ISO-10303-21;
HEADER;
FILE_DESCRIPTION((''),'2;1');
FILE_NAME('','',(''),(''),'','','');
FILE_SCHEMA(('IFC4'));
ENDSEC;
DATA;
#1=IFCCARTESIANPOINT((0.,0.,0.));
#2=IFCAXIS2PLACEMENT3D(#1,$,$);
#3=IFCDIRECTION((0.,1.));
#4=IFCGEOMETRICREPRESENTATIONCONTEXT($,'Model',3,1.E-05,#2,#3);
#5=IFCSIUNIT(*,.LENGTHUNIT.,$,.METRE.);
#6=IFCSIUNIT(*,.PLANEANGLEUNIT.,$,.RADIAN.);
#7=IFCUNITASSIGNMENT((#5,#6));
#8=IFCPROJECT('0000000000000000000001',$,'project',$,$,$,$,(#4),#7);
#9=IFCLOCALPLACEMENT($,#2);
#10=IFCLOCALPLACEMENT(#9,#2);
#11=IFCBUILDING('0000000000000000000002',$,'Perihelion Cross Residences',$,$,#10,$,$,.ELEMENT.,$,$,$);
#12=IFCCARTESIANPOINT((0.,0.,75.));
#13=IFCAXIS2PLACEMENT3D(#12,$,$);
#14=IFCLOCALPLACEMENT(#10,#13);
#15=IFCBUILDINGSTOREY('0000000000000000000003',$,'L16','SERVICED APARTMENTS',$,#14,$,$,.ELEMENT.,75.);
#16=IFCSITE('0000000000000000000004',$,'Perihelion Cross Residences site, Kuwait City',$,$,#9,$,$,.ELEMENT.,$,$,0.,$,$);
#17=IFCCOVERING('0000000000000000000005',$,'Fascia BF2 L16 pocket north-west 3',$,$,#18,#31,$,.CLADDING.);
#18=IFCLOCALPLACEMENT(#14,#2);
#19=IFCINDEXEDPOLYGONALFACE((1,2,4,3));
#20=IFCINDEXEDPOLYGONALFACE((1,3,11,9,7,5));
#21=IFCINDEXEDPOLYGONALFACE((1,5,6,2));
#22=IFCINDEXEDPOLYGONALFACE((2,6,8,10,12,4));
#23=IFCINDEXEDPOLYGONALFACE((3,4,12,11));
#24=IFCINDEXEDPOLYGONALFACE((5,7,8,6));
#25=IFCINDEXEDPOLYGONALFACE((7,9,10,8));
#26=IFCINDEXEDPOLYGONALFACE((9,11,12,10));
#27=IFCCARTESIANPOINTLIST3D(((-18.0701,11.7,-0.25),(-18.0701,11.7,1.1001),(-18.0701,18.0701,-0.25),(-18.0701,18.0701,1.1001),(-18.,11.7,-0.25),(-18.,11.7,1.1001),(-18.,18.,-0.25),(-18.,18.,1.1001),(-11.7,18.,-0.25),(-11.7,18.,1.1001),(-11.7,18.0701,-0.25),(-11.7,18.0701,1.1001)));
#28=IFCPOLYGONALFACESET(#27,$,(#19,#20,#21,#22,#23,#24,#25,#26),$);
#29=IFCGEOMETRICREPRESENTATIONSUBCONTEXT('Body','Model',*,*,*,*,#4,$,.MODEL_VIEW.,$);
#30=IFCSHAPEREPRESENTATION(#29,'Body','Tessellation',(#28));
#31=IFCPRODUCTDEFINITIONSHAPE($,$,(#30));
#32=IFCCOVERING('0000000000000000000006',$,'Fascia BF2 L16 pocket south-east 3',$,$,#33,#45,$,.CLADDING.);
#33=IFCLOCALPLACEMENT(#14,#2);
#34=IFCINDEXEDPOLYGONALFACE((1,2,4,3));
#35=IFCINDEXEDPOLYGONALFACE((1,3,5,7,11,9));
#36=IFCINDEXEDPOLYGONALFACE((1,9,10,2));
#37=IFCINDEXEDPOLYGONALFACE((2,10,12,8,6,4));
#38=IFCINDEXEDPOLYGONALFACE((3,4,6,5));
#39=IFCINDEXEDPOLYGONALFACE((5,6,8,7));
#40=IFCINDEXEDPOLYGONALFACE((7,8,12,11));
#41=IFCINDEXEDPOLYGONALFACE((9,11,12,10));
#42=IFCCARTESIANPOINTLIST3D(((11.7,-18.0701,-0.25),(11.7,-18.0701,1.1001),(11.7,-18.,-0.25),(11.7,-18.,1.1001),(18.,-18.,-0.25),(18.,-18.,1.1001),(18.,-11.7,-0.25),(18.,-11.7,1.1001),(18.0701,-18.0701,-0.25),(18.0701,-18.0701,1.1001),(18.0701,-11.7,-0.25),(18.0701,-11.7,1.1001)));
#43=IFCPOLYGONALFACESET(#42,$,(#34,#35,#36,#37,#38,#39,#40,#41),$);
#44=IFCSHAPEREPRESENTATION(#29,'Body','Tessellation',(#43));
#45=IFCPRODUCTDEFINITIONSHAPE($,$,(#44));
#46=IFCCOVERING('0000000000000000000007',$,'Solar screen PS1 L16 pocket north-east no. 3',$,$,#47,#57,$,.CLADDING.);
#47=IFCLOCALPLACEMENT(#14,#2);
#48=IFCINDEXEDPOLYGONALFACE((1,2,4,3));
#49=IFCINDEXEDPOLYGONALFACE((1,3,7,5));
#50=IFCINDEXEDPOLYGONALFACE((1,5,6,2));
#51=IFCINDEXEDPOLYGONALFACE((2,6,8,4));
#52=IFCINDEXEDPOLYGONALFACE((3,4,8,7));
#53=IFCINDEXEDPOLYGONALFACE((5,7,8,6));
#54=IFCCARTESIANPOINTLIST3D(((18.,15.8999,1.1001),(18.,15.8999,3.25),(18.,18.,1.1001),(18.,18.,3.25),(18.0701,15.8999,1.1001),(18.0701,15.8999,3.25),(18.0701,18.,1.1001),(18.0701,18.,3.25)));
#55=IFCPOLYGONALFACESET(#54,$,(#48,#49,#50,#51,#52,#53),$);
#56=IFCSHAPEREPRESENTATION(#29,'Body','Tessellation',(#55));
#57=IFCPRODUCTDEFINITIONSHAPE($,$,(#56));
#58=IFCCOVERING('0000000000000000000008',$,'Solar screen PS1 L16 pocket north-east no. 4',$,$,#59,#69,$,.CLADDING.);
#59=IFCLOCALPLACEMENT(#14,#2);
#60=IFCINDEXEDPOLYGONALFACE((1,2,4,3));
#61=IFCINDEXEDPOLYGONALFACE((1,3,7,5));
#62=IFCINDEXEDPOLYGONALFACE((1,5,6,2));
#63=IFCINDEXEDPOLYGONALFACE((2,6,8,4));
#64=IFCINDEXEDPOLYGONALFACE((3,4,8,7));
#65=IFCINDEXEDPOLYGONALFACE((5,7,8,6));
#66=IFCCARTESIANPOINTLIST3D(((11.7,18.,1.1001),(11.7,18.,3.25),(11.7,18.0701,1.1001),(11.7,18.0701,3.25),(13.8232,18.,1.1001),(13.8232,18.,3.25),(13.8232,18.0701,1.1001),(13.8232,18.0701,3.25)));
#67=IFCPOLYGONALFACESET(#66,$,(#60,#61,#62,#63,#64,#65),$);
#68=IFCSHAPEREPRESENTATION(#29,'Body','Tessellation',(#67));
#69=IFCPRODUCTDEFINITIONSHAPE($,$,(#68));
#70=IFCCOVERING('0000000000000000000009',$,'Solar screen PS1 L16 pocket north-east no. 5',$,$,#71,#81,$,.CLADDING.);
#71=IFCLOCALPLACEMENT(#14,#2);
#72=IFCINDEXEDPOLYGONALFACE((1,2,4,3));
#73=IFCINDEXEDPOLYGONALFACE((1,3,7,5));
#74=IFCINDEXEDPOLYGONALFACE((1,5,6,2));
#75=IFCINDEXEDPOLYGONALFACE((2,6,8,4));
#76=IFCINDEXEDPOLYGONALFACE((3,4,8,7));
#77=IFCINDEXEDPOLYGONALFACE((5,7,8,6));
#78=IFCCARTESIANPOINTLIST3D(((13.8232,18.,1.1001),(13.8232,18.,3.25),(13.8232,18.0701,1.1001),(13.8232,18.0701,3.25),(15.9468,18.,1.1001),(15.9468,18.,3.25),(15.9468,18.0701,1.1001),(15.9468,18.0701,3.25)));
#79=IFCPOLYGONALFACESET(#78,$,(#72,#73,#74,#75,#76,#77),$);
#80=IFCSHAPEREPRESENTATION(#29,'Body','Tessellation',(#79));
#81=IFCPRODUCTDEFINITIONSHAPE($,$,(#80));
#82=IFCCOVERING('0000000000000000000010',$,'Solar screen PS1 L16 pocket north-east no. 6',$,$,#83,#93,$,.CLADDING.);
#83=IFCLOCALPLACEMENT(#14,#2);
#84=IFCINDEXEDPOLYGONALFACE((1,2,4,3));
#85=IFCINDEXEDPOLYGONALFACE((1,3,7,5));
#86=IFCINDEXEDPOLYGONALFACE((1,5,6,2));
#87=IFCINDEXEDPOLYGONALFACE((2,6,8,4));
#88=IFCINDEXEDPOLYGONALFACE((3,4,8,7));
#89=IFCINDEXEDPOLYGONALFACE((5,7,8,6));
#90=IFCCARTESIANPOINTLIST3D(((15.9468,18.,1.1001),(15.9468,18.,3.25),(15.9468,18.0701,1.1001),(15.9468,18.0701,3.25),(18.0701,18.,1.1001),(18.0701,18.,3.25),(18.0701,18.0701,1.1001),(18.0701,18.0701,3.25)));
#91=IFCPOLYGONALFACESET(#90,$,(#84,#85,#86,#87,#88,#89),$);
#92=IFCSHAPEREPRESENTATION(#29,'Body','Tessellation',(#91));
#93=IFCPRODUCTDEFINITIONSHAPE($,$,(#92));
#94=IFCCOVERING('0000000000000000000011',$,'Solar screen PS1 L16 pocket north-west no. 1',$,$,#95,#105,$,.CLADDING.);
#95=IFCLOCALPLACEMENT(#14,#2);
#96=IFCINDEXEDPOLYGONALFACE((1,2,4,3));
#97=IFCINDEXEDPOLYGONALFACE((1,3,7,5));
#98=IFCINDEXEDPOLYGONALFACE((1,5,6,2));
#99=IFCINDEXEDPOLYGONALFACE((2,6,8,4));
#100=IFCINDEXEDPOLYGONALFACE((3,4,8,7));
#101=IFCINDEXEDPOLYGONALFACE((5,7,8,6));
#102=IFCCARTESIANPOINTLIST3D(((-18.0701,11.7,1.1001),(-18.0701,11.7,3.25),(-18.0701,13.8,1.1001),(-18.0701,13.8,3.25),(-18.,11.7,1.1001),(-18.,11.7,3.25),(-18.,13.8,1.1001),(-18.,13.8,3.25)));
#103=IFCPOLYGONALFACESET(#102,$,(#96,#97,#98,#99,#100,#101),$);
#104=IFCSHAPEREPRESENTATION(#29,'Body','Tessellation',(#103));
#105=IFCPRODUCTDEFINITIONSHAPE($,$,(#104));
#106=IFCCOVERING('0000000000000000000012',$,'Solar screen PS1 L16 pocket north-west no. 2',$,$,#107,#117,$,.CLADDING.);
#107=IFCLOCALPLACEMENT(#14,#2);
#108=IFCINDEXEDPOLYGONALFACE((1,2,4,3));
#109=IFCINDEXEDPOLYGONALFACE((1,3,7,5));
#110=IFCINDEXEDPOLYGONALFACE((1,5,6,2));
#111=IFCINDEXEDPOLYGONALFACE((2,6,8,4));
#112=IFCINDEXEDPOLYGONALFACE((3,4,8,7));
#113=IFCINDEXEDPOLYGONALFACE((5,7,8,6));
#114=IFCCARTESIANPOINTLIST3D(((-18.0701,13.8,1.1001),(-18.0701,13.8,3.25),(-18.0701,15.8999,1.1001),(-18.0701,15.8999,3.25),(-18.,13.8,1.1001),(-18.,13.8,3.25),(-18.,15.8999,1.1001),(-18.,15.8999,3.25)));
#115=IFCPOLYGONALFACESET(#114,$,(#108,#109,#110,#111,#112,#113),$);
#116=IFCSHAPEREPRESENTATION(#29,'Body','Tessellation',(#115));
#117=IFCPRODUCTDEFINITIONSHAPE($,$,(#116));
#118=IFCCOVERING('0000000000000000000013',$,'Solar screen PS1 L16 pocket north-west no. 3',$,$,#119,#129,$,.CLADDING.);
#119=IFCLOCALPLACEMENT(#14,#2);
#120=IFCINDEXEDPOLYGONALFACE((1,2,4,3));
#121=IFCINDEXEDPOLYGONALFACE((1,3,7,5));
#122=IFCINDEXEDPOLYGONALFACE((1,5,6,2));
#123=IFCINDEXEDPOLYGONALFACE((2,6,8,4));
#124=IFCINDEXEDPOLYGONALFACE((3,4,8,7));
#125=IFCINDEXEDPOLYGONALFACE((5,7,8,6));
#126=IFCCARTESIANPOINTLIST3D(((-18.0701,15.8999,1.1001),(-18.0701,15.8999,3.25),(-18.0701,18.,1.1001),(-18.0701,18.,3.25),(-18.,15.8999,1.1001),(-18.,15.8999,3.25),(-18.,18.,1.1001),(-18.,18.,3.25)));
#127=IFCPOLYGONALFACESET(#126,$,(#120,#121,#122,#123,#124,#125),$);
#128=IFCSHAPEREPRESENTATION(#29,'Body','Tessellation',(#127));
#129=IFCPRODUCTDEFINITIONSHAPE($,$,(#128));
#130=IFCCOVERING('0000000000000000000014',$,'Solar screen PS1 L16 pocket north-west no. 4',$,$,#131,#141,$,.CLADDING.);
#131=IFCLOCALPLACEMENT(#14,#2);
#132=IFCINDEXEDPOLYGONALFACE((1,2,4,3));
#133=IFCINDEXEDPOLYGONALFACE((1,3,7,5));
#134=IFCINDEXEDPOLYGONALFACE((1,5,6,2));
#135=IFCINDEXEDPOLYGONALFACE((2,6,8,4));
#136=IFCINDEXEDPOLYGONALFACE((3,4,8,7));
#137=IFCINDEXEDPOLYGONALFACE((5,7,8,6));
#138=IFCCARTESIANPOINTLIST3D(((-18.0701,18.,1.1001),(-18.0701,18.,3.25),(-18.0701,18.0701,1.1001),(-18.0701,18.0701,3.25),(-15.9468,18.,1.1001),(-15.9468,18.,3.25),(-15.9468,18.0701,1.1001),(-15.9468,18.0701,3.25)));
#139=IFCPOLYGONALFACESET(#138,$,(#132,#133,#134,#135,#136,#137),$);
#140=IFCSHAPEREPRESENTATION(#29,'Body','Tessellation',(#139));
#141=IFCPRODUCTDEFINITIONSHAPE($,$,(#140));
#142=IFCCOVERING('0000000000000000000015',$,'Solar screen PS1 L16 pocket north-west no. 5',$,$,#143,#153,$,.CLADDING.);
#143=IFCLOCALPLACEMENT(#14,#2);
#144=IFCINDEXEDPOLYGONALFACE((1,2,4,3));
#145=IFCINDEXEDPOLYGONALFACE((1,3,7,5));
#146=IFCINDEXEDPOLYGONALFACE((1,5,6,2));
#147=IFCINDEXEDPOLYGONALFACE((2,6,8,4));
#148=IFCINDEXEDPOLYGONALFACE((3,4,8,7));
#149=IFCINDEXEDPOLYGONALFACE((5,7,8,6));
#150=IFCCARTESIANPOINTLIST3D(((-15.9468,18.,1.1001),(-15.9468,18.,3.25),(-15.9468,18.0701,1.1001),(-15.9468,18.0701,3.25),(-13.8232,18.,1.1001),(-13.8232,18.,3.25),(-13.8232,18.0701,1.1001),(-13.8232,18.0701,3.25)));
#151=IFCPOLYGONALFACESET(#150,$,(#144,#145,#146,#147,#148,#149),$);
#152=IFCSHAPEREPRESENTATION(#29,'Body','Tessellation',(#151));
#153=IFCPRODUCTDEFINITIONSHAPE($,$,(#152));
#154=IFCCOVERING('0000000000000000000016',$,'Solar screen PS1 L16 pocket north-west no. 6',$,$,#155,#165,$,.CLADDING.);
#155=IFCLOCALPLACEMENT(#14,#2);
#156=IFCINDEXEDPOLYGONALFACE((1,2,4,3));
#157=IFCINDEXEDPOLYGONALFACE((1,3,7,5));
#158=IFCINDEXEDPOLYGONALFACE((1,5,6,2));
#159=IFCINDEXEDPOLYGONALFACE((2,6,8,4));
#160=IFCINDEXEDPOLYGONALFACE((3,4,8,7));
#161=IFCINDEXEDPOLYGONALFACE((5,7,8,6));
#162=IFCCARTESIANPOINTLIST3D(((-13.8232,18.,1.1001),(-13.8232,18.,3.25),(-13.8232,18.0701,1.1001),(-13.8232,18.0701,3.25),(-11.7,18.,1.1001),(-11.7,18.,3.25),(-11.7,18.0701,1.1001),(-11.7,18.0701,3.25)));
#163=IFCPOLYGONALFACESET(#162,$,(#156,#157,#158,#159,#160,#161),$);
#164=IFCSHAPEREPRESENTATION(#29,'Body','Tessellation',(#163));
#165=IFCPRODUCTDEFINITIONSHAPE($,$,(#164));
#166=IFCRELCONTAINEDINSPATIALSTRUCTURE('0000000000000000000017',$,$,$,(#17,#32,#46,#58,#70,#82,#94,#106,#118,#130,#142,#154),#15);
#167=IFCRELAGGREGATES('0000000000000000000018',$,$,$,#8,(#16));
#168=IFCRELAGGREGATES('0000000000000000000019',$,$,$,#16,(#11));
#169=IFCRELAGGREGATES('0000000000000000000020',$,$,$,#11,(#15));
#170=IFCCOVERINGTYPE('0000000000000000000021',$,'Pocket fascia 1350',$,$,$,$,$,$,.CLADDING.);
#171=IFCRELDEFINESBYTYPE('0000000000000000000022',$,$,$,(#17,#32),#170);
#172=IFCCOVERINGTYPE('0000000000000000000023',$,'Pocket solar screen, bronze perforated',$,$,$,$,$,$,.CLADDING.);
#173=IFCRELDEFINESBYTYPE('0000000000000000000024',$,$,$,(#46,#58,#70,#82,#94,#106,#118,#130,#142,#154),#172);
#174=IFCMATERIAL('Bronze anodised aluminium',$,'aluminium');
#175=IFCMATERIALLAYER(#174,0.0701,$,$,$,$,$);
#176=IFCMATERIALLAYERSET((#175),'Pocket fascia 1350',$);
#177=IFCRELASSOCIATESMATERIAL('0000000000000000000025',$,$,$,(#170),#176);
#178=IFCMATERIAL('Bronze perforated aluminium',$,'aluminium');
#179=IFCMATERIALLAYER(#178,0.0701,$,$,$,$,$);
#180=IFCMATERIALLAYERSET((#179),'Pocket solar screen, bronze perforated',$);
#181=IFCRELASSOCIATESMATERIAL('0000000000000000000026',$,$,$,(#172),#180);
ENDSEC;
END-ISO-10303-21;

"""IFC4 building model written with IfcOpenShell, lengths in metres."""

from ifc_helpers import new_model, si_unit, direction, frame, origin, place, context, subcontext, project, spatial, polyline, outline, extrude, material, layer, layer_set, type_object, element, save


model = new_model("IFC4")

# Units and contexts
model_context = context("Model", 3, precision=1e-05, world=origin(), true_north=direction((0.0, 1.0)))
body_context = subcontext(model_context, "Body", "Model", "MODEL_VIEW")
ifc_project = project(units=[si_unit("LENGTHUNIT", "METRE"), si_unit("PLANEANGLEUNIT", "RADIAN")], contexts=[model_context])

# Site, building, storey
site_placement = place(None, origin())
site = spatial("IfcSite", under=ifc_project, at=site_placement, Name="Perihelion Cross Residences site, Kuwait City", CompositionType="ELEMENT", RefElevation=0.0)
building_placement = place(site_placement, origin())
building = spatial("IfcBuilding", under=site, at=building_placement, Name="Perihelion Cross Residences", CompositionType="ELEMENT")
storey_placement = place(building_placement, frame((0.0, 0.0, 75.0)))
storey = spatial("IfcBuildingStorey", under=building, at=storey_placement, Name="L16", Description="SERVICED APARTMENTS", CompositionType="ELEMENT", Elevation=75.0)

# Coverings
ifc_material_1 = material(Name="Bronze anodised aluminium", Category="aluminium")
ifc_layer_1 = layer(ifc_material_1, 0.0701)
ifc_layer_set_1 = layer_set([ifc_layer_1], Name="Pocket fascia 1350")
covering_type_1 = type_object("IfcCoveringType", Name="Pocket fascia 1350", PredefinedType="CLADDING", material=ifc_layer_set_1)
covering_1_placement = place(storey_placement, frame((0.0, 0.0, -0.25)))
element("IfcCovering", 1, at=covering_1_placement, inside=storey, type_object=covering_type_1, Name="Fascia BF2 L16 pocket north-west 3", PredefinedType="CLADDING", context=body_context, shape_type="SweptSolid", body=[
    extrude(outline(polyline([(-18.0701, 18.0701), (-18.0701, 11.7), (-18.0, 11.7), (-18.0, 18.0), (-11.7, 18.0), (-11.7, 18.0701), (-18.0701, 18.0701)])), origin(), (0.0, 0.0, 1.0), 1.3501),
])
covering_2_placement = place(storey_placement, frame((0.0, 0.0, -0.25)))
element("IfcCovering", 2, at=covering_2_placement, inside=storey, type_object=covering_type_1, Name="Fascia BF2 L16 pocket south-east 3", PredefinedType="CLADDING", context=body_context, shape_type="SweptSolid", body=[
    extrude(outline(polyline([(18.0701, -18.0701), (18.0701, -11.7), (18.0, -11.7), (18.0, -18.0), (11.7, -18.0), (11.7, -18.0701), (18.0701, -18.0701)])), origin(), (0.0, 0.0, 1.0), 1.3501),
])
ifc_material_2 = material(Name="Bronze perforated aluminium", Category="aluminium")
ifc_layer_2 = layer(ifc_material_2, 0.0701)
ifc_layer_set_2 = layer_set([ifc_layer_2], Name="Pocket solar screen, bronze perforated")
covering_type_2 = type_object("IfcCoveringType", Name="Pocket solar screen, bronze perforated", PredefinedType="CLADDING", material=ifc_layer_set_2)
covering_3_placement = place(storey_placement, frame((0.0, 0.0, 1.1001)))
element("IfcCovering", 3, at=covering_3_placement, inside=storey, type_object=covering_type_2, Name="Solar screen PS1 L16 pocket north-east no. 3", PredefinedType="CLADDING", context=body_context, shape_type="SweptSolid", body=[
    extrude(outline(polyline([(18.0701, 15.8999), (18.0701, 18.0), (18.0, 18.0), (18.0, 15.8999), (18.0701, 15.8999)])), origin(), (0.0, 0.0, 1.0), 2.1499),
])
covering_4_placement = place(storey_placement, frame((0.0, 0.0, 1.1001)))
element("IfcCovering", 4, at=covering_4_placement, inside=storey, type_object=covering_type_2, Name="Solar screen PS1 L16 pocket north-east no. 4", PredefinedType="CLADDING", context=body_context, shape_type="SweptSolid", body=[
    extrude(outline(polyline([(13.8232, 18.0), (13.8232, 18.0701), (11.7, 18.0701), (11.7, 18.0), (13.8232, 18.0)])), origin(), (0.0, 0.0, 1.0), 2.1499),
])
covering_5_placement = place(storey_placement, frame((0.0, 0.0, 1.1001)))
element("IfcCovering", 5, at=covering_5_placement, inside=storey, type_object=covering_type_2, Name="Solar screen PS1 L16 pocket north-east no. 5", PredefinedType="CLADDING", context=body_context, shape_type="SweptSolid", body=[
    extrude(outline(polyline([(15.9468, 18.0), (15.9468, 18.0701), (13.8232, 18.0701), (13.8232, 18.0), (15.9468, 18.0)])), origin(), (0.0, 0.0, 1.0), 2.1499),
])
covering_6_placement = place(storey_placement, frame((0.0, 0.0, 1.1001)))
element("IfcCovering", 6, at=covering_6_placement, inside=storey, type_object=covering_type_2, Name="Solar screen PS1 L16 pocket north-east no. 6", PredefinedType="CLADDING", context=body_context, shape_type="SweptSolid", body=[
    extrude(outline(polyline([(18.0701, 18.0), (18.0701, 18.0701), (15.9468, 18.0701), (15.9468, 18.0), (18.0701, 18.0)])), origin(), (0.0, 0.0, 1.0), 2.1499),
])
covering_7_placement = place(storey_placement, frame((0.0, 0.0, 1.1001)))
element("IfcCovering", 7, at=covering_7_placement, inside=storey, type_object=covering_type_2, Name="Solar screen PS1 L16 pocket north-west no. 1", PredefinedType="CLADDING", context=body_context, shape_type="SweptSolid", body=[
    extrude(outline(polyline([(-18.0, 11.7), (-18.0, 13.8), (-18.0701, 13.8), (-18.0701, 11.7), (-18.0, 11.7)])), origin(), (0.0, 0.0, 1.0), 2.1499),
])
covering_8_placement = place(storey_placement, frame((0.0, 0.0, 1.1001)))
element("IfcCovering", 8, at=covering_8_placement, inside=storey, type_object=covering_type_2, Name="Solar screen PS1 L16 pocket north-west no. 2", PredefinedType="CLADDING", context=body_context, shape_type="SweptSolid", body=[
    extrude(outline(polyline([(-18.0, 13.8), (-18.0, 15.8999), (-18.0701, 15.8999), (-18.0701, 13.8), (-18.0, 13.8)])), origin(), (0.0, 0.0, 1.0), 2.1499),
])
covering_9_placement = place(storey_placement, frame((0.0, 0.0, 1.1001)))
element("IfcCovering", 9, at=covering_9_placement, inside=storey, type_object=covering_type_2, Name="Solar screen PS1 L16 pocket north-west no. 3", PredefinedType="CLADDING", context=body_context, shape_type="SweptSolid", body=[
    extrude(outline(polyline([(-18.0, 15.8999), (-18.0, 18.0), (-18.0701, 18.0), (-18.0701, 15.8999), (-18.0, 15.8999)])), origin(), (0.0, 0.0, 1.0), 2.1499),
])
covering_10_placement = place(storey_placement, frame((0.0, 0.0, 1.1001)))
element("IfcCovering", 10, at=covering_10_placement, inside=storey, type_object=covering_type_2, Name="Solar screen PS1 L16 pocket north-west no. 4", PredefinedType="CLADDING", context=body_context, shape_type="SweptSolid", body=[
    extrude(outline(polyline([(-15.9468, 18.0), (-15.9468, 18.0701), (-18.0701, 18.0701), (-18.0701, 18.0), (-15.9468, 18.0)])), origin(), (0.0, 0.0, 1.0), 2.1499),
])
covering_11_placement = place(storey_placement, frame((0.0, 0.0, 1.1001)))
element("IfcCovering", 11, at=covering_11_placement, inside=storey, type_object=covering_type_2, Name="Solar screen PS1 L16 pocket north-west no. 5", PredefinedType="CLADDING", context=body_context, shape_type="SweptSolid", body=[
    extrude(outline(polyline([(-13.8232, 18.0), (-13.8232, 18.0701), (-15.9468, 18.0701), (-15.9468, 18.0), (-13.8232, 18.0)])), origin(), (0.0, 0.0, 1.0), 2.1499),
])
covering_12_placement = place(storey_placement, frame((0.0, 0.0, 1.1001)))
element("IfcCovering", 12, at=covering_12_placement, inside=storey, type_object=covering_type_2, Name="Solar screen PS1 L16 pocket north-west no. 6", PredefinedType="CLADDING", context=body_context, shape_type="SweptSolid", body=[
    extrude(outline(polyline([(-11.7, 18.0), (-11.7, 18.0701), (-13.8232, 18.0701), (-13.8232, 18.0), (-11.7, 18.0)])), origin(), (0.0, 0.0, 1.0), 2.1499),
])

save(model, "model.ifc")
